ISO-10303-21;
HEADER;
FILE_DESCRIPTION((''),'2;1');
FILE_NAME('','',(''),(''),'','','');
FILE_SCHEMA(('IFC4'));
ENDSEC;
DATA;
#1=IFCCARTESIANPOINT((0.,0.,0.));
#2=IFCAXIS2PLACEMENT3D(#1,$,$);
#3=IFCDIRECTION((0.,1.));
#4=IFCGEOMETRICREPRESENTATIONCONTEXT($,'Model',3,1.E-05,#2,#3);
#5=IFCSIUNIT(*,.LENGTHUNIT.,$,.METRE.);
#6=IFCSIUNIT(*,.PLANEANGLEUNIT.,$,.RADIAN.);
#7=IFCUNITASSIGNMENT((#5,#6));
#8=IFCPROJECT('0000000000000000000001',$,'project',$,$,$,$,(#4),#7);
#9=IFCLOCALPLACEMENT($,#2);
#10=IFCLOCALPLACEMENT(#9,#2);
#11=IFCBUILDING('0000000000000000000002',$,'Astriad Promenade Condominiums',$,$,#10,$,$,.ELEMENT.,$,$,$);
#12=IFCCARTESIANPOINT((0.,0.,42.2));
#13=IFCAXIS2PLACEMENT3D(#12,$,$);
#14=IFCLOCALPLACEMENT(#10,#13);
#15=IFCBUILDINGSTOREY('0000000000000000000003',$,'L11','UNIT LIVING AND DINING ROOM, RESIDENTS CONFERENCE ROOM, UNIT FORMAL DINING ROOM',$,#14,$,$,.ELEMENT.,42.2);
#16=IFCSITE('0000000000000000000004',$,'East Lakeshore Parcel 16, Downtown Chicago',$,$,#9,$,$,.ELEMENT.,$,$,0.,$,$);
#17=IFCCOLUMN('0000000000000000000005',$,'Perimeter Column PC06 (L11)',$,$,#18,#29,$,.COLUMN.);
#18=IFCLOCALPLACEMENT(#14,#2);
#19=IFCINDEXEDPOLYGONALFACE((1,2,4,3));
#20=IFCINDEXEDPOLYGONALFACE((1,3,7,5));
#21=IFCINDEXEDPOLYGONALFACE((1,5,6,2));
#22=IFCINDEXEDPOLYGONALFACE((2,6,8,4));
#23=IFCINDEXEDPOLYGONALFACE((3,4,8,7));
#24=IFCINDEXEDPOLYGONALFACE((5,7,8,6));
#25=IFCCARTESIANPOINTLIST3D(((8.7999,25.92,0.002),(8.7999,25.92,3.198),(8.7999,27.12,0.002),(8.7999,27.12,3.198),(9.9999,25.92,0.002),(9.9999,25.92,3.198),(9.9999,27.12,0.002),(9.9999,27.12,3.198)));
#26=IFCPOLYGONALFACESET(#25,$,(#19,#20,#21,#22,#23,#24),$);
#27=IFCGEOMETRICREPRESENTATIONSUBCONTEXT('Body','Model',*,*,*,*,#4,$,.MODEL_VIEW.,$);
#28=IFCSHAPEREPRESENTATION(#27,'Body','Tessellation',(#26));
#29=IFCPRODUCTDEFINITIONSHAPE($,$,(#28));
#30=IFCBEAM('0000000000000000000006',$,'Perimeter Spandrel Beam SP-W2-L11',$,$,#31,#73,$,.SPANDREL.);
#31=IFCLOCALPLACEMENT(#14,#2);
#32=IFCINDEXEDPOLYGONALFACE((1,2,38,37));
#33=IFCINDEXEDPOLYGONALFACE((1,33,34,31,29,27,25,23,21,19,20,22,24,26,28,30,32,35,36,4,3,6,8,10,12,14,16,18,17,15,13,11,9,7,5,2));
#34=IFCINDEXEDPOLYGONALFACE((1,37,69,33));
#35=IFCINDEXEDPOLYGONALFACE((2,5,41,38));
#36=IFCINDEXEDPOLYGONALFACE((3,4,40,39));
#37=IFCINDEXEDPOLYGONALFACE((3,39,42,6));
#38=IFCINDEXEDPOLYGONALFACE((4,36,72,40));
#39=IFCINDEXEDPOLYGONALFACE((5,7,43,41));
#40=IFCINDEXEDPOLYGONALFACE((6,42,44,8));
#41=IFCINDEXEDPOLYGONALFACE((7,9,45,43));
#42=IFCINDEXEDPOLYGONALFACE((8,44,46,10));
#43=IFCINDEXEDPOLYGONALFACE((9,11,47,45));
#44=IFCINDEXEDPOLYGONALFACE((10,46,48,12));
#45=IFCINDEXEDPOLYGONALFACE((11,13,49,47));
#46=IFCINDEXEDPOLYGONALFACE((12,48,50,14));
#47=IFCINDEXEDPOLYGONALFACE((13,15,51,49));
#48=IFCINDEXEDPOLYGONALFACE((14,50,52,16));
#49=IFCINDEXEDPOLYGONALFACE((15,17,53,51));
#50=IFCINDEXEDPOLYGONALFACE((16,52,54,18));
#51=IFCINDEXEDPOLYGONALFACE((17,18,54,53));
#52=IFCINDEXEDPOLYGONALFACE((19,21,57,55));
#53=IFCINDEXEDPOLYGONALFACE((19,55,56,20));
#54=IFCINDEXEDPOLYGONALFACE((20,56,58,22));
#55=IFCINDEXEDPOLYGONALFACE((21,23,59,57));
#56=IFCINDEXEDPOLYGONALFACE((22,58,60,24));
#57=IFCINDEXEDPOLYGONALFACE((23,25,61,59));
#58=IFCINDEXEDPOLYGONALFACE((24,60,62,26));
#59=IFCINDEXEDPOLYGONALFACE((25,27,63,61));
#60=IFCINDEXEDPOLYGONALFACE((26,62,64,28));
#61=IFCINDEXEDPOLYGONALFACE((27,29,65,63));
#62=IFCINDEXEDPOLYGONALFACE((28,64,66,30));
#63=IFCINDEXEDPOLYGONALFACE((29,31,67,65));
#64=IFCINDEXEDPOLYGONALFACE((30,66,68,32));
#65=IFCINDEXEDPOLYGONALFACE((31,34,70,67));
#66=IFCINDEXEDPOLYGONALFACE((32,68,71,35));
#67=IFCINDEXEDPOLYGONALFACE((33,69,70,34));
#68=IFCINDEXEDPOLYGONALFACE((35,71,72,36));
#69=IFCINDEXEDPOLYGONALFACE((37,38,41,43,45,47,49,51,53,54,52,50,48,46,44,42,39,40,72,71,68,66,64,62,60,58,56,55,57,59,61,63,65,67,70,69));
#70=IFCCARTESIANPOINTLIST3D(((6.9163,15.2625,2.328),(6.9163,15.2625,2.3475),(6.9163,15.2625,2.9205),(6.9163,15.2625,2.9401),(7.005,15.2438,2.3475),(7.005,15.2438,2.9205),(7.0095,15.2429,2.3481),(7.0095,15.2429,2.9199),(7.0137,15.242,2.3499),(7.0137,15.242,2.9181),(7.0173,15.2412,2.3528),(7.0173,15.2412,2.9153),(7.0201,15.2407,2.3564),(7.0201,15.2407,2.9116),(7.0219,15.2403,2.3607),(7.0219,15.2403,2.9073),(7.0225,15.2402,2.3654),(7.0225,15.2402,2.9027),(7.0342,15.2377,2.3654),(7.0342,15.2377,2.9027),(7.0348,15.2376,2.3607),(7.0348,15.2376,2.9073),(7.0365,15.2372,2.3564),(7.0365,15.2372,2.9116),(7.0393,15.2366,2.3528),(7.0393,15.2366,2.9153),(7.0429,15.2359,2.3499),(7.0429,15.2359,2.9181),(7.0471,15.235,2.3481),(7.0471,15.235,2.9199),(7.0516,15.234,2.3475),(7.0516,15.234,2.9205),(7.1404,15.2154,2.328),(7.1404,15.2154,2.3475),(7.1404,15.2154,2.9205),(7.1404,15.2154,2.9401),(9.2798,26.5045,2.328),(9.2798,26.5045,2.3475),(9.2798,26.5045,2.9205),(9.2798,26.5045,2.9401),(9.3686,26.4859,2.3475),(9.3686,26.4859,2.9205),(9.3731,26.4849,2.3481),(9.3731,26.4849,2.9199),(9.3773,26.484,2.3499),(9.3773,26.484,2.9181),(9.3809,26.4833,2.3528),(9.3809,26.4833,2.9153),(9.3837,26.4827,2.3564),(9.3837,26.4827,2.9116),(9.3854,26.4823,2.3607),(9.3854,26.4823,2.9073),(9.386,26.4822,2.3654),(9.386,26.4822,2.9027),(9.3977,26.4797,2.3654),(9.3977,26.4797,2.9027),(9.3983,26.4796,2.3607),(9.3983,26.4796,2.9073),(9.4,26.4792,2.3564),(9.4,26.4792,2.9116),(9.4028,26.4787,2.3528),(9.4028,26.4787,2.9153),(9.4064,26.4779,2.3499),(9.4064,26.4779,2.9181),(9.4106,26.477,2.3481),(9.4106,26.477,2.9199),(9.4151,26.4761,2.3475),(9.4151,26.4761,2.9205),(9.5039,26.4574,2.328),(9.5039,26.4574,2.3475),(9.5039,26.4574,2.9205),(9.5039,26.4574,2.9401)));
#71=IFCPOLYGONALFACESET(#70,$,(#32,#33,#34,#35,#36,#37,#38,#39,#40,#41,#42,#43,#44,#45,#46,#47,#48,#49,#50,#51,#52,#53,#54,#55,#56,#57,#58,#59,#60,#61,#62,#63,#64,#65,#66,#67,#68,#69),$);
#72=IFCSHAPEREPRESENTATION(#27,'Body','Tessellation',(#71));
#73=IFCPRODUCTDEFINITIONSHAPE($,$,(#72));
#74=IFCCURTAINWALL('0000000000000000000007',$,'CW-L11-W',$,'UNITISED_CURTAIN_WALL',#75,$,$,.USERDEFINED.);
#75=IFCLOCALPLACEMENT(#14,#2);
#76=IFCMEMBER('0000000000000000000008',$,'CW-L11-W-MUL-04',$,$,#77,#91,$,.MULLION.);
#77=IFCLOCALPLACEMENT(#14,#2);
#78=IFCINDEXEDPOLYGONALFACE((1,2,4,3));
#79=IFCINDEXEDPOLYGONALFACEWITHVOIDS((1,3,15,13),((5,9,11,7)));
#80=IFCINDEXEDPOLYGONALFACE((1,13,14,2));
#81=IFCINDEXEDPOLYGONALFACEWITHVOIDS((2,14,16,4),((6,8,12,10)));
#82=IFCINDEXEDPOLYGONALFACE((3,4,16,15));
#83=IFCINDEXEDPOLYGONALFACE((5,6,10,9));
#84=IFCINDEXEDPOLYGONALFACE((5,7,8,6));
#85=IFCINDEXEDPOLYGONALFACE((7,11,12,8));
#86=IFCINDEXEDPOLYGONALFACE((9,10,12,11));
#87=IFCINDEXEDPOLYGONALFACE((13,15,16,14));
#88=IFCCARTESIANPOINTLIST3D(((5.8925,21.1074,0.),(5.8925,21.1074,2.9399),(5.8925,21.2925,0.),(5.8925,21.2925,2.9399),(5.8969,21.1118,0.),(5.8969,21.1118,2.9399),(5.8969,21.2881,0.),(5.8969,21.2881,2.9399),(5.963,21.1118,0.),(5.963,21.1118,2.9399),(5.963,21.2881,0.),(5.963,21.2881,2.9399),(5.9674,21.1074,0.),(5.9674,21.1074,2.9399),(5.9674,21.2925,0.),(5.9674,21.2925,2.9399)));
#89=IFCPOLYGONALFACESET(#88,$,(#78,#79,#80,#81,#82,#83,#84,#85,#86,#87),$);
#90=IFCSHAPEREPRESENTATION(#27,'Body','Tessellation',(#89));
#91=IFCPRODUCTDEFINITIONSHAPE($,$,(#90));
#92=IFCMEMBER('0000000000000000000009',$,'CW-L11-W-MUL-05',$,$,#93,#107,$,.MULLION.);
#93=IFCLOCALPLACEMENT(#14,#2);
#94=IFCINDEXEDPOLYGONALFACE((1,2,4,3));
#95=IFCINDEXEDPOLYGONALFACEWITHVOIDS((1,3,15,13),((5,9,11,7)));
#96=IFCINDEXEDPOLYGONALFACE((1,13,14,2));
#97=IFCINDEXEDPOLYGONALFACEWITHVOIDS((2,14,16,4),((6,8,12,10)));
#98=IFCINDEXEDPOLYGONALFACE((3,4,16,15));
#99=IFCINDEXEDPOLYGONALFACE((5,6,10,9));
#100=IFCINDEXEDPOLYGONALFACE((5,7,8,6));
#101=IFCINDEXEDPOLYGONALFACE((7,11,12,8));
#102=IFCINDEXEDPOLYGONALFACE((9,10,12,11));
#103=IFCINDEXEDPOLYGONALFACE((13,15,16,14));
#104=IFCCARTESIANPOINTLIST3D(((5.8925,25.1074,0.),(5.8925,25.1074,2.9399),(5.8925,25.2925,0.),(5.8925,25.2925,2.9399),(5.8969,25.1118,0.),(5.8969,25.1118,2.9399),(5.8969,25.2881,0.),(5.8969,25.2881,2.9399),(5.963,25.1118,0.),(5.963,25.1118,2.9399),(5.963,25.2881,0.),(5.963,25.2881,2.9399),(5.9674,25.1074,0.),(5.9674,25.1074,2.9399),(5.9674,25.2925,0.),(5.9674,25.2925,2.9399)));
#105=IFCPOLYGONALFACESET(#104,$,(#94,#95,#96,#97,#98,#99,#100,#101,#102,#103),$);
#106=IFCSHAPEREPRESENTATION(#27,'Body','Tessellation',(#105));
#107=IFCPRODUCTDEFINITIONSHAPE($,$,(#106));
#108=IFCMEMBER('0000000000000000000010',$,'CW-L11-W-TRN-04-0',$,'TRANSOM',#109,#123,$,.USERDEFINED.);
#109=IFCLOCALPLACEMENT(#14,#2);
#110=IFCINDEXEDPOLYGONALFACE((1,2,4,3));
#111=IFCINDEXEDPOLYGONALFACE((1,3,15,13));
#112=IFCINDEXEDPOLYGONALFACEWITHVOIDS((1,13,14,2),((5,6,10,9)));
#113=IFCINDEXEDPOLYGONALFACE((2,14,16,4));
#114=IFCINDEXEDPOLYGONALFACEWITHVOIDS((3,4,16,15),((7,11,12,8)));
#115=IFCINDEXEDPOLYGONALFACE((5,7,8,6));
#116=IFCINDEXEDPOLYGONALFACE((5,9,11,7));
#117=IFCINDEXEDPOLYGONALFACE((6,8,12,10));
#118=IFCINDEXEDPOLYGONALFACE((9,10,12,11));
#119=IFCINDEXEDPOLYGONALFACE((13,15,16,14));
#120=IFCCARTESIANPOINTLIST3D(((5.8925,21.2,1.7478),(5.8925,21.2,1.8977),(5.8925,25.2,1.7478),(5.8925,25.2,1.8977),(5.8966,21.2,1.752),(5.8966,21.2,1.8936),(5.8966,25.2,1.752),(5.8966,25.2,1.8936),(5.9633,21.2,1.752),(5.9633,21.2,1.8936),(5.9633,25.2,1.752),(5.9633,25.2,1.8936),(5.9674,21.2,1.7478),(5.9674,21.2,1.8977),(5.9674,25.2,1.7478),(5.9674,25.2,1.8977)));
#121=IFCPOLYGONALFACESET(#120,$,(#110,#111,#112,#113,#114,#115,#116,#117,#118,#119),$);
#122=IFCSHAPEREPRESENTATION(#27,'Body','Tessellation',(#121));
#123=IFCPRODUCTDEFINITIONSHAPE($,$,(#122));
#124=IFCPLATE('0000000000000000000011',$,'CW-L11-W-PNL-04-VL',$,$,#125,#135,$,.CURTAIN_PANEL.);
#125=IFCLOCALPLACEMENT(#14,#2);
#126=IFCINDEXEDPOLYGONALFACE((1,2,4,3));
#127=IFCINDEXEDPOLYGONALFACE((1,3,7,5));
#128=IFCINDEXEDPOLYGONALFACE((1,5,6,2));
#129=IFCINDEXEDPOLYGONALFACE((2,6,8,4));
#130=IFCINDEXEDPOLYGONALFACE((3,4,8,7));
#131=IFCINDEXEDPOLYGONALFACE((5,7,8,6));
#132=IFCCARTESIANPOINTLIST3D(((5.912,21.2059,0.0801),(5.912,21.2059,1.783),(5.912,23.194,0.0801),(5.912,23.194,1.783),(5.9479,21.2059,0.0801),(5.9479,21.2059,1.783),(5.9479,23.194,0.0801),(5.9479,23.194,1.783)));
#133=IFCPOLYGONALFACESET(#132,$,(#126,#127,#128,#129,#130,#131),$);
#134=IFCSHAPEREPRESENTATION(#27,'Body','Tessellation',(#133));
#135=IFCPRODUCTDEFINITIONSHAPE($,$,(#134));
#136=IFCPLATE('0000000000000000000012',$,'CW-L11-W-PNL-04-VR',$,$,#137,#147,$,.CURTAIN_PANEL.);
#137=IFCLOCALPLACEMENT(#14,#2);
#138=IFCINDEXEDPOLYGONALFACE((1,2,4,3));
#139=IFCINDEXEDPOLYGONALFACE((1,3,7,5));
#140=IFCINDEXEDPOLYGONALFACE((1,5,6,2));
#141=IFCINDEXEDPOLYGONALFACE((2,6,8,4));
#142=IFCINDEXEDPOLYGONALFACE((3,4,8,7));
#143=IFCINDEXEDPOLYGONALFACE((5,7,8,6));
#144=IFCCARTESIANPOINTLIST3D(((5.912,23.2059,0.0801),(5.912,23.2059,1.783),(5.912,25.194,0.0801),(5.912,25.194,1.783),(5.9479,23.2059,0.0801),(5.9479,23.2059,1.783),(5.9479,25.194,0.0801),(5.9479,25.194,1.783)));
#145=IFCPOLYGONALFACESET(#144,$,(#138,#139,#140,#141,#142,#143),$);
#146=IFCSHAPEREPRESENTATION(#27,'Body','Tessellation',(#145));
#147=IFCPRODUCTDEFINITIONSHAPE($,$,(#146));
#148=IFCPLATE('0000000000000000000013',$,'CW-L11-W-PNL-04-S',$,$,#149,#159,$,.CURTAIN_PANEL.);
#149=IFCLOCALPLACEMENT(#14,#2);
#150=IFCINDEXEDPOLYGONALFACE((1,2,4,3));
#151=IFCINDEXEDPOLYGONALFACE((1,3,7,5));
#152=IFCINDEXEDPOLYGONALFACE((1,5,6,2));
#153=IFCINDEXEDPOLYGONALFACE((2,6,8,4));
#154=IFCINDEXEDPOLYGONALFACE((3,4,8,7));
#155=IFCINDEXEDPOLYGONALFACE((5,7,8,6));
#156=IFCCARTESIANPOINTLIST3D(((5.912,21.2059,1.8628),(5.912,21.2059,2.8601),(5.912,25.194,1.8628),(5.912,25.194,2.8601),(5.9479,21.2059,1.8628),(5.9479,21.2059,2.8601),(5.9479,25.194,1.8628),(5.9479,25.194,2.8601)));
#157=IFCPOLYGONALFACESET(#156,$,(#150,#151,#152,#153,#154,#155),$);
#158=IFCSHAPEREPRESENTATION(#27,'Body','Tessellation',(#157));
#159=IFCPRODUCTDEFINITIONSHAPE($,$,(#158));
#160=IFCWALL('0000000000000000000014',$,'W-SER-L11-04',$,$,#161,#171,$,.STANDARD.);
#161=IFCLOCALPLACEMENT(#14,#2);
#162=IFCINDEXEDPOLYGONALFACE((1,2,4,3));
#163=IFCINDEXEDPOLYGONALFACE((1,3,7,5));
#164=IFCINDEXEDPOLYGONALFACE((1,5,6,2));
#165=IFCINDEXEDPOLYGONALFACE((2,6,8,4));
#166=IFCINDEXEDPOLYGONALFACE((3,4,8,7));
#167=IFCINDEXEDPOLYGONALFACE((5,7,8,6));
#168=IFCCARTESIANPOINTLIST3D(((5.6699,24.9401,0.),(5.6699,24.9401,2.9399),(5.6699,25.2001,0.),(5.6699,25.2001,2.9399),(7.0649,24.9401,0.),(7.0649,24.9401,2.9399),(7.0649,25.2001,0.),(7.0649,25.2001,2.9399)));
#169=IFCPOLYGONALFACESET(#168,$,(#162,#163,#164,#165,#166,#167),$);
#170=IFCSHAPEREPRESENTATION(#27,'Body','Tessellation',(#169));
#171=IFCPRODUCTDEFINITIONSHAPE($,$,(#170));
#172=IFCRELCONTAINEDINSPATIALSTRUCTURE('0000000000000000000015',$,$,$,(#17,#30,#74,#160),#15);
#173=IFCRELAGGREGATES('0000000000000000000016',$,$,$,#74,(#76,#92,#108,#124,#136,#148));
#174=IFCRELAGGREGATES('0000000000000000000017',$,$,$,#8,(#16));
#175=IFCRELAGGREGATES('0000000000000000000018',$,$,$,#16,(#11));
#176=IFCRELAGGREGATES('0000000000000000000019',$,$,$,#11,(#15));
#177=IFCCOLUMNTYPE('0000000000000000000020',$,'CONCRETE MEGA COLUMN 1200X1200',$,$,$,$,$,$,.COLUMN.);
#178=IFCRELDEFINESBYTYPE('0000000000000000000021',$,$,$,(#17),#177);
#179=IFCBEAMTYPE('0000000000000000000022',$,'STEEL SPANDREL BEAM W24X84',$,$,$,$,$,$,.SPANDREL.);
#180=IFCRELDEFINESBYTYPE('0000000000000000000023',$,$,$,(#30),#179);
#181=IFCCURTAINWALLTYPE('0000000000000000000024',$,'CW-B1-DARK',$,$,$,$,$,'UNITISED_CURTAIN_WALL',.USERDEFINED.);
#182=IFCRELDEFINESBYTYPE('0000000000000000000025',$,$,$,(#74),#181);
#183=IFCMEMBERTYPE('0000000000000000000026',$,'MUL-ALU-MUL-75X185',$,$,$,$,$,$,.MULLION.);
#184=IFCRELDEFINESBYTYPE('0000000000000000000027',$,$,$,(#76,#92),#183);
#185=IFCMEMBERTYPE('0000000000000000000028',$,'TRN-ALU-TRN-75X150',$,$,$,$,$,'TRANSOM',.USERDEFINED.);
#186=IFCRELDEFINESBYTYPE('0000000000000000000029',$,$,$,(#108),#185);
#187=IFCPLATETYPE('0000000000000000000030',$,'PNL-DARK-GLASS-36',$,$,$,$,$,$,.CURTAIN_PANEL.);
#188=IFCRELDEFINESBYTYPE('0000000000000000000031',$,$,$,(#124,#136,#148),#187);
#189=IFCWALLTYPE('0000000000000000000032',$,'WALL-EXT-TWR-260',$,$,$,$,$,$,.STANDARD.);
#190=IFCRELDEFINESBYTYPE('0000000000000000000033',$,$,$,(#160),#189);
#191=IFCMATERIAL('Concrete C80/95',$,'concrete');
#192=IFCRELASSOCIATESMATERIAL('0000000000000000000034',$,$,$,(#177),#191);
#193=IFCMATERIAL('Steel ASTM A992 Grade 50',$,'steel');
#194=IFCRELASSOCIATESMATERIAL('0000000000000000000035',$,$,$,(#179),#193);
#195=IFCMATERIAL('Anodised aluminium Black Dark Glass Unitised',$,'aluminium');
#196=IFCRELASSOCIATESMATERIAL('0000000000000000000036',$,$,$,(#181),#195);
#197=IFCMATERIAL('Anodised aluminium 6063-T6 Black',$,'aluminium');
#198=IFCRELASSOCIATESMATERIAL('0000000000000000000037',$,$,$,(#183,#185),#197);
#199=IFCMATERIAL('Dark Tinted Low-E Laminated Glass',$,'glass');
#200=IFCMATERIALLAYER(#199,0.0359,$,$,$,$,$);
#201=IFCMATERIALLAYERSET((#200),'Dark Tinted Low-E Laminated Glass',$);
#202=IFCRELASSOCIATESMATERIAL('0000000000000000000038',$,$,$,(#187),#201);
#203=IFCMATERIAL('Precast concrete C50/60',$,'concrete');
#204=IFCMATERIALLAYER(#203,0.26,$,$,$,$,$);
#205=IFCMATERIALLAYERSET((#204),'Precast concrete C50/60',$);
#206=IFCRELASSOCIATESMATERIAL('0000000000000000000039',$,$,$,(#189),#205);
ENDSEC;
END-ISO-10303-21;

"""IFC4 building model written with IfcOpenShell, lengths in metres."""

from ifc_helpers import new_model, si_unit, direction, frame, frame_2d, origin, origin_2d, place, context, subcontext, project, spatial, rectangle, hollow_rectangle, i_section, extrude, source, transform, mapped, material, layer, layer_set, material_profile, profile_set, type_object, type_shapes, element, aggregate, save


model = new_model("IFC4")

# Units and contexts
model_context = context("Model", 3, precision=1e-05, world=origin(), true_north=direction((0.0, 1.0)))
body_context = subcontext(model_context, "Body", "Model", "MODEL_VIEW")
ifc_project = project(units=[si_unit("LENGTHUNIT", "METRE"), si_unit("PLANEANGLEUNIT", "RADIAN")], contexts=[model_context])

# Site, building, storey
site_placement = place(None, origin())
site = spatial("IfcSite", under=ifc_project, at=site_placement, Name="East Lakeshore Parcel 16, Downtown Chicago", CompositionType="ELEMENT", RefElevation=0.0)
building_placement = place(site_placement, origin())
building = spatial("IfcBuilding", under=site, at=building_placement, Name="Astriad Promenade Condominiums", CompositionType="ELEMENT")
storey_placement = place(building_placement, frame((0.0, 0.0, 42.2)))
storey = spatial("IfcBuildingStorey", under=building, at=storey_placement, Name="L11", Description="UNIT LIVING AND DINING ROOM, RESIDENTS CONFERENCE ROOM, UNIT FORMAL DINING ROOM", CompositionType="ELEMENT", Elevation=42.2)

# Column
ifc_material_1 = material(Name="Concrete C80/95", Category="concrete")
ifc_material_profile_1 = material_profile(ifc_material_1, rectangle(XDim=1.2, YDim=1.2, at=origin_2d()), Name="RC-COL-1200X1200")
ifc_profile_set_1 = profile_set([ifc_material_profile_1], Name="Concrete C80/95")
column_type = type_object("IfcColumnType", Name="CONCRETE MEGA COLUMN 1200X1200", PredefinedType="COLUMN", material=ifc_profile_set_1)
shared_shape_1 = source(origin(), body_context, "Body", "SweptSolid", [
    extrude(rectangle(XDim=1.2, YDim=1.2, at=origin_2d()), origin(), (0.0, 0.0, 1.0), 3.196),
])
type_shapes(column_type, [shared_shape_1])
column_placement = place(storey_placement, frame((9.3999, 26.52, 0.002), z_axis=(0.0, 0.0, 1.0), x_axis=(1.0, 0.0, 0.0)))
element("IfcColumn", 1, at=column_placement, inside=storey, type_object=column_type, Name="Perimeter Column PC06 (L11)", PredefinedType="COLUMN", context=body_context, shape_type="MappedRepresentation", body=[
    mapped(shared_shape_1, transform((0.0, 0.0, 0.0), scale=1.0)),
])

# Beam
ifc_material_2 = material(Name="Steel ASTM A992 Grade 50", Category="steel")
ifc_material_profile_2 = material_profile(ifc_material_2, i_section(OverallWidth=0.229, OverallDepth=0.6121, WebThickness=0.012, FlangeThickness=0.0195, FilletRadius=0.0178, at=origin_2d()), Name="W24X84")
ifc_profile_set_2 = profile_set([ifc_material_profile_2], Name="Steel ASTM A992 Grade 50")
beam_type = type_object("IfcBeamType", Name="STEEL SPANDREL BEAM W24X84", PredefinedType="SPANDREL", material=ifc_profile_set_2)
shared_shape_2 = source(origin(), body_context, "Body", "SweptSolid", [
    extrude(i_section(OverallWidth=0.229, OverallDepth=0.6121, WebThickness=0.012, FlangeThickness=0.0195, FilletRadius=0.0178, at=origin_2d()), origin(), (0.0, 0.0, 1.0), 11.4878),
])
type_shapes(beam_type, [shared_shape_2])
beam_placement = place(storey_placement, frame((9.3918, 26.481, 2.634), z_axis=(-0.205744, -0.978606, 0.0), x_axis=(0.978606, -0.205744, 0.0)))
element("IfcBeam", 2, at=beam_placement, inside=storey, type_object=beam_type, Name="Perimeter Spandrel Beam SP-W2-L11", PredefinedType="SPANDREL", context=body_context, shape_type="MappedRepresentation", body=[
    mapped(shared_shape_2, transform((0.0, 0.0, 0.0), scale=1.0)),
])

# Curtain wall, members, plates
ifc_material_3 = material(Name="Anodised aluminium Black Dark Glass Unitised", Category="aluminium")
curtain_wall_type = type_object("IfcCurtainWallType", Name="CW-B1-DARK", ElementType="UNITISED_CURTAIN_WALL", PredefinedType="USERDEFINED", material=ifc_material_3)
curtain_wall_placement = place(storey_placement, origin())
curtain_wall = element("IfcCurtainWall", 3, at=curtain_wall_placement, inside=storey, type_object=curtain_wall_type, Name="CW-L11-W", ObjectType="UNITISED_CURTAIN_WALL", PredefinedType="USERDEFINED")
ifc_material_4 = material(Name="Anodised aluminium 6063-T6 Black", Category="aluminium")
ifc_material_profile_3 = material_profile(ifc_material_4, hollow_rectangle(XDim=0.075, YDim=0.1851, WallThickness=0.0044, at=origin_2d()), Name="ALU-MUL-75X185")
ifc_profile_set_3 = profile_set([ifc_material_profile_3], Name="Anodised aluminium 6063-T6 Black")
member_type_1 = type_object("IfcMemberType", Name="MUL-ALU-MUL-75X185", PredefinedType="MULLION", material=ifc_profile_set_3)
shared_shape_3 = source(origin(), body_context, "Body", "SweptSolid", [
    extrude(hollow_rectangle(XDim=0.075, YDim=0.1851, WallThickness=0.0044, at=origin_2d()), origin(), (0.0, 0.0, 1.0), 2.9399),
])
type_shapes(member_type_1, [shared_shape_3])
member_1_placement = place(storey_placement, frame((5.9299, 21.2, 0.0), z_axis=(0.0, 0.0, 1.0), x_axis=(1.0, 0.0, 0.0)))
member_1 = element("IfcMember", 4, at=member_1_placement, type_object=member_type_1, Name="CW-L11-W-MUL-04", PredefinedType="MULLION", context=body_context, shape_type="MappedRepresentation", body=[
    mapped(shared_shape_3, transform((0.0, 0.0, 0.0), scale=1.0)),
])
member_2_placement = place(storey_placement, frame((5.9299, 25.2, 0.0), z_axis=(0.0, 0.0, 1.0), x_axis=(1.0, 0.0, 0.0)))
member_2 = element("IfcMember", 5, at=member_2_placement, type_object=member_type_1, Name="CW-L11-W-MUL-05", PredefinedType="MULLION", context=body_context, shape_type="MappedRepresentation", body=[
    mapped(shared_shape_3, transform((0.0, 0.0, 0.0), scale=1.0)),
])
ifc_material_profile_4 = material_profile(ifc_material_4, hollow_rectangle(XDim=0.075, YDim=0.1499, WallThickness=0.0042, at=origin_2d()), Name="ALU-TRN-75X150")
ifc_profile_set_4 = profile_set([ifc_material_profile_4], Name="Anodised aluminium 6063-T6 Black")
member_type_2 = type_object("IfcMemberType", Name="TRN-ALU-TRN-75X150", ElementType="TRANSOM", PredefinedType="USERDEFINED", material=ifc_profile_set_4)
shared_shape_4 = source(origin(), body_context, "Body", "SweptSolid", [
    extrude(hollow_rectangle(XDim=0.075, YDim=0.1499, WallThickness=0.0042, at=origin_2d()), origin(), (0.0, 0.0, 1.0), 4.0),
])
type_shapes(member_type_2, [shared_shape_4])
member_3_placement = place(storey_placement, frame((5.9299, 21.2, 1.8228), z_axis=(0.0, 1.0, 0.0), x_axis=(-1.0, 0.0, 0.0)))
member_3 = element("IfcMember", 6, at=member_3_placement, type_object=member_type_2, Name="CW-L11-W-TRN-04-0", ObjectType="TRANSOM", PredefinedType="USERDEFINED", context=body_context, shape_type="MappedRepresentation", body=[
    mapped(shared_shape_4, transform((0.0, 0.0, 0.0), scale=1.0)),
])
ifc_material_5 = material(Name="Dark Tinted Low-E Laminated Glass", Category="glass")
ifc_layer_1 = layer(ifc_material_5, 0.0359)
ifc_layer_set_1 = layer_set([ifc_layer_1], Name="Dark Tinted Low-E Laminated Glass")
plate_type = type_object("IfcPlateType", Name="PNL-DARK-GLASS-36", PredefinedType="CURTAIN_PANEL", material=ifc_layer_set_1)
shared_shape_5 = source(origin(), body_context, "Body", "SweptSolid", [
    extrude(rectangle(XDim=1.988, YDim=0.0359, at=origin_2d()), origin(), (0.0, 0.0, 1.0), 1.7029),
])
plate_1_placement = place(storey_placement, frame((5.9299, 22.2, 0.0801), z_axis=(0.0, 0.0, 1.0), x_axis=(0.0, 1.0, 0.0)))
plate_1 = element("IfcPlate", 7, at=plate_1_placement, type_object=plate_type, Name="CW-L11-W-PNL-04-VL", PredefinedType="CURTAIN_PANEL", context=body_context, shape_type="MappedRepresentation", body=[
    mapped(shared_shape_5, transform((0.0, 0.0, 0.0), scale=1.0)),
])
plate_2_placement = place(storey_placement, frame((5.9299, 24.2, 0.0801), z_axis=(0.0, 0.0, 1.0), x_axis=(0.0, 1.0, 0.0)))
plate_2 = element("IfcPlate", 8, at=plate_2_placement, type_object=plate_type, Name="CW-L11-W-PNL-04-VR", PredefinedType="CURTAIN_PANEL", context=body_context, shape_type="MappedRepresentation", body=[
    mapped(shared_shape_5, transform((0.0, 0.0, 0.0), scale=1.0)),
])
shared_shape_6 = source(origin(), body_context, "Body", "SweptSolid", [
    extrude(rectangle(XDim=3.988, YDim=0.0359, at=origin_2d()), origin(), (0.0, 0.0, 1.0), 0.9973),
])
type_shapes(plate_type, [shared_shape_5, shared_shape_6])
plate_3_placement = place(storey_placement, frame((5.9299, 23.2, 1.8628), z_axis=(0.0, 0.0, 1.0), x_axis=(0.0, 1.0, 0.0)))
plate_3 = element("IfcPlate", 9, at=plate_3_placement, type_object=plate_type, Name="CW-L11-W-PNL-04-S", PredefinedType="CURTAIN_PANEL", context=body_context, shape_type="MappedRepresentation", body=[
    mapped(shared_shape_6, transform((0.0, 0.0, 0.0), scale=1.0)),
])
aggregate(curtain_wall, [member_1, member_2, member_3, plate_1, plate_2, plate_3])

# Wall
ifc_material_6 = material(Name="Precast concrete C50/60", Category="concrete")
ifc_layer_2 = layer(ifc_material_6, 0.26)
ifc_layer_set_2 = layer_set([ifc_layer_2], Name="Precast concrete C50/60")
wall_type_1 = type_object("IfcWallType", Name="WALL-EXT-TWR-260", PredefinedType="STANDARD", material=ifc_layer_set_2)
for number, where, z_axis, x_axis, name in (
    (10, (5.6699, 25.0701, 0.0), (0.0, 0.0, 1.0), (1.0, 0.0, 0.0), "W-SER-L11-04"),
):
    element("IfcWall", number, at=place(storey_placement, frame(where, z_axis=z_axis, x_axis=x_axis)), inside=storey, type_object=wall_type_1, Name=name, PredefinedType="STANDARD", context=body_context, shape_type="SweptSolid", body=[
        extrude(rectangle(XDim=1.395, YDim=0.26, at=frame_2d((0.6975, 0.0))), origin(), (0.0, 0.0, 1.0), 2.9399),
    ])

save(model, "model.ifc")
